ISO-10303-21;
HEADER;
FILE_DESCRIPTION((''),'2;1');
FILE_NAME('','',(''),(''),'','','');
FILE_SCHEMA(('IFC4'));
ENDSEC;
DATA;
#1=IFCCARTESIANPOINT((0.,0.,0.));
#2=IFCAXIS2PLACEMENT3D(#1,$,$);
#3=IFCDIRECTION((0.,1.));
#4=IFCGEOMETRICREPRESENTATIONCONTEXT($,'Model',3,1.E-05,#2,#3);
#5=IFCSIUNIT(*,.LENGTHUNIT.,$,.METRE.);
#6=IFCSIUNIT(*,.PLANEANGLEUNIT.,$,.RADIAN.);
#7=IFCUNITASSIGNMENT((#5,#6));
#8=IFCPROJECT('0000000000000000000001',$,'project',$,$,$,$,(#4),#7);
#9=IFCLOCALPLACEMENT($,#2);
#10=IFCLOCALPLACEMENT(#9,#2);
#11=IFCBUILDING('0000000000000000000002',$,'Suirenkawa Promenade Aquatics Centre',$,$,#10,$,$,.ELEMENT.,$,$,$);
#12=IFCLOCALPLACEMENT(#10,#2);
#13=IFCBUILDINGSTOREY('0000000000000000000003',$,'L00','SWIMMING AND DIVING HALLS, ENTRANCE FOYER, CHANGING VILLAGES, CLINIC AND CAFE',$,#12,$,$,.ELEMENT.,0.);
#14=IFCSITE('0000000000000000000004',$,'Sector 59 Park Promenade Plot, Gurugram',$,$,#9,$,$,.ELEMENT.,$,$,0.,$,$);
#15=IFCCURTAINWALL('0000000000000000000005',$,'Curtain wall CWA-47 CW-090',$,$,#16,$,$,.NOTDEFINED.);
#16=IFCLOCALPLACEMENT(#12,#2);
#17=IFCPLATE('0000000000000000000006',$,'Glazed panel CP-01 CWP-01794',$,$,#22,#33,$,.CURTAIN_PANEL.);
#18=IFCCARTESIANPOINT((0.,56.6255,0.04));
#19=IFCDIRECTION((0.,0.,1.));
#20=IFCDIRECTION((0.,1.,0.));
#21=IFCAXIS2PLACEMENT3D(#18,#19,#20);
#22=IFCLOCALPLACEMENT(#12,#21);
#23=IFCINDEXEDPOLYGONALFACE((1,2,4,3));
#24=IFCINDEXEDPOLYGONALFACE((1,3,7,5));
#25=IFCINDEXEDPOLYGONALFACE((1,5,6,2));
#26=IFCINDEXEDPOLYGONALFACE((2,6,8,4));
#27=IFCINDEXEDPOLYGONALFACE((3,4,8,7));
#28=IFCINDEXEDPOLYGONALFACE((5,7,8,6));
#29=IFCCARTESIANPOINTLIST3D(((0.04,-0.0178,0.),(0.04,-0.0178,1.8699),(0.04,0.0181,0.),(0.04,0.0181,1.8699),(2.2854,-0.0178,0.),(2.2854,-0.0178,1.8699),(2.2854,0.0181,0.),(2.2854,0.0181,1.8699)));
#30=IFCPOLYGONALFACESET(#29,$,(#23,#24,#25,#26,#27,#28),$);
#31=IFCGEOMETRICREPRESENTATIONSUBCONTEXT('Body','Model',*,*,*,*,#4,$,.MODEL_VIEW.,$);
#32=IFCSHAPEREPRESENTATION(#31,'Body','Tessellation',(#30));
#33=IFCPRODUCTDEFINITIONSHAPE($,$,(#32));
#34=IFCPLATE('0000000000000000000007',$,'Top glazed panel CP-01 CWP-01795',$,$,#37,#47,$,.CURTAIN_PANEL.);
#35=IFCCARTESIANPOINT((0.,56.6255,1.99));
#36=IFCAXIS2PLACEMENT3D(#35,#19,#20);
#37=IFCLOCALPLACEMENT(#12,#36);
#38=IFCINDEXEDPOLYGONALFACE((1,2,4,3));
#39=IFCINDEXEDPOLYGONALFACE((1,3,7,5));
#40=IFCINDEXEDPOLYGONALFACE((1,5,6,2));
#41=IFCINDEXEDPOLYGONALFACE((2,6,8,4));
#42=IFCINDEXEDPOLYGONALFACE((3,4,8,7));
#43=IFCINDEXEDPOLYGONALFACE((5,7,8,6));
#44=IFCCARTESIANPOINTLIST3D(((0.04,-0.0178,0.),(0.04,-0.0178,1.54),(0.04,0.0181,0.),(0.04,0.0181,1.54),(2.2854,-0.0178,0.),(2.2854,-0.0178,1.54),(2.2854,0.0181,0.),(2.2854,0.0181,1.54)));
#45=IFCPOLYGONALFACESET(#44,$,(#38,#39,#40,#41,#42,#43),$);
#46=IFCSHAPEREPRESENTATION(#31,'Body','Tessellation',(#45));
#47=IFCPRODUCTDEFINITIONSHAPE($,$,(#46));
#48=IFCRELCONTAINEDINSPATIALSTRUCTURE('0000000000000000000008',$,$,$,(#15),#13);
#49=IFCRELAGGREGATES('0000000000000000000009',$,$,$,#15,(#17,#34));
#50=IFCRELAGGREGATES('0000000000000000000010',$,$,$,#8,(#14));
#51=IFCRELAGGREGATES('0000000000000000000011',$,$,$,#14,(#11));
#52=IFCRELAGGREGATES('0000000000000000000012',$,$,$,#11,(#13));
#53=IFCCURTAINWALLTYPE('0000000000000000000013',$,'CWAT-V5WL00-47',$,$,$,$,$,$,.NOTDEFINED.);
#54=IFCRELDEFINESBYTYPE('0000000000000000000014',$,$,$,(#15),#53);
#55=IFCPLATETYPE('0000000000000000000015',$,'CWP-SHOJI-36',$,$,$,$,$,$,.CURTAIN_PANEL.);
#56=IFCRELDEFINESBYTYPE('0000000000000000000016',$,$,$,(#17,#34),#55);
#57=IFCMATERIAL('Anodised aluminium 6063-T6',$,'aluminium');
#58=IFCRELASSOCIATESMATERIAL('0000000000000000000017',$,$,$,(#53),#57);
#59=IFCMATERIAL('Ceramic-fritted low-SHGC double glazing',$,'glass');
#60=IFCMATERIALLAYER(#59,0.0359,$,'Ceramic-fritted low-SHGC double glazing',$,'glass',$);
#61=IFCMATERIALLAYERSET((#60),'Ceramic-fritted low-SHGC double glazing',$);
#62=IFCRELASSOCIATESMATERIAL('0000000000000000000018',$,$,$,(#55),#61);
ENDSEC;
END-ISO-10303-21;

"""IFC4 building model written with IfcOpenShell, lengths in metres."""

from ifc_helpers import new_model, si_unit, direction, frame, origin, place, context, subcontext, project, spatial, polyline, outline, extrude, material, layer, layer_set, type_object, element, aggregate, save


model = new_model("IFC4")

# Units and contexts
model_context = context("Model", 3, precision=1e-05, world=origin(), true_north=direction((0.0, 1.0)))
body_context = subcontext(model_context, "Body", "Model", "MODEL_VIEW")
ifc_project = project(units=[si_unit("LENGTHUNIT", "METRE"), si_unit("PLANEANGLEUNIT", "RADIAN")], contexts=[model_context])

# Site, building, storey
site_placement = place(None, origin())
site = spatial("IfcSite", under=ifc_project, at=site_placement, Name="Sector 59 Park Promenade Plot, Gurugram", CompositionType="ELEMENT", RefElevation=0.0)
building_placement = place(site_placement, origin())
building = spatial("IfcBuilding", under=site, at=building_placement, Name="Suirenkawa Promenade Aquatics Centre", CompositionType="ELEMENT")
storey_placement = place(building_placement, origin())
storey = spatial("IfcBuildingStorey", under=building, at=storey_placement, Name="L00", Description="SWIMMING AND DIVING HALLS, ENTRANCE FOYER, CHANGING VILLAGES, CLINIC AND CAFE", CompositionType="ELEMENT", Elevation=0.0)

# Curtain wall, plates
ifc_material_1 = material(Name="Anodised aluminium 6063-T6", Category="aluminium")
curtain_wall_type = type_object("IfcCurtainWallType", Name="CWAT-V5WL00-47", PredefinedType="NOTDEFINED", material=ifc_material_1)
curtain_wall_placement = place(storey_placement, origin())
curtain_wall = element("IfcCurtainWall", 1, at=curtain_wall_placement, inside=storey, type_object=curtain_wall_type, Name="Curtain wall CWA-47 CW-090", PredefinedType="NOTDEFINED")
ifc_material_2 = material(Name="Ceramic-fritted low-SHGC double glazing", Category="glass")
ifc_layer_1 = layer(ifc_material_2, 0.0359, Name="Ceramic-fritted low-SHGC double glazing", Category="glass")
ifc_layer_set_1 = layer_set([ifc_layer_1], Name="Ceramic-fritted low-SHGC double glazing")
plate_type = type_object("IfcPlateType", Name="CWP-SHOJI-36", PredefinedType="CURTAIN_PANEL", material=ifc_layer_set_1)
plate_1_placement = place(storey_placement, frame((0.0, 56.6255, 0.04), z_axis=(0.0, 0.0, 1.0), x_axis=(0.0, 1.0, 0.0)))
plate_1 = element("IfcPlate", 2, at=plate_1_placement, type_object=plate_type, Name="Glazed panel CP-01 CWP-01794", PredefinedType="CURTAIN_PANEL", context=body_context, shape_type="SweptSolid", body=[
    extrude(outline(polyline([(0.04, 0.0), (2.2854, 0.0), (2.2854, 1.8699), (0.04, 1.8699), (0.04, 0.0)])), frame((0.0, 0.0181, 0.0), z_axis=(0.0, -1.0, 0.0), x_axis=(1.0, 0.0, 0.0)), (0.0, 0.0, 1.0), 0.0359),
])
plate_2_placement = place(storey_placement, frame((0.0, 56.6255, 1.99), z_axis=(0.0, 0.0, 1.0), x_axis=(0.0, 1.0, 0.0)))
plate_2 = element("IfcPlate", 3, at=plate_2_placement, type_object=plate_type, Name="Top glazed panel CP-01 CWP-01795", PredefinedType="CURTAIN_PANEL", context=body_context, shape_type="SweptSolid", body=[
    extrude(outline(polyline([(0.04, 0.0), (2.2854, 0.0), (2.2854, 1.54), (0.04, 1.54), (0.04, 0.0)])), frame((0.0, 0.0181, 0.0), z_axis=(0.0, -1.0, 0.0), x_axis=(1.0, 0.0, 0.0)), (0.0, 0.0, 1.0), 0.0359),
])
aggregate(curtain_wall, [plate_1, plate_2])

save(model, "model.ifc")
